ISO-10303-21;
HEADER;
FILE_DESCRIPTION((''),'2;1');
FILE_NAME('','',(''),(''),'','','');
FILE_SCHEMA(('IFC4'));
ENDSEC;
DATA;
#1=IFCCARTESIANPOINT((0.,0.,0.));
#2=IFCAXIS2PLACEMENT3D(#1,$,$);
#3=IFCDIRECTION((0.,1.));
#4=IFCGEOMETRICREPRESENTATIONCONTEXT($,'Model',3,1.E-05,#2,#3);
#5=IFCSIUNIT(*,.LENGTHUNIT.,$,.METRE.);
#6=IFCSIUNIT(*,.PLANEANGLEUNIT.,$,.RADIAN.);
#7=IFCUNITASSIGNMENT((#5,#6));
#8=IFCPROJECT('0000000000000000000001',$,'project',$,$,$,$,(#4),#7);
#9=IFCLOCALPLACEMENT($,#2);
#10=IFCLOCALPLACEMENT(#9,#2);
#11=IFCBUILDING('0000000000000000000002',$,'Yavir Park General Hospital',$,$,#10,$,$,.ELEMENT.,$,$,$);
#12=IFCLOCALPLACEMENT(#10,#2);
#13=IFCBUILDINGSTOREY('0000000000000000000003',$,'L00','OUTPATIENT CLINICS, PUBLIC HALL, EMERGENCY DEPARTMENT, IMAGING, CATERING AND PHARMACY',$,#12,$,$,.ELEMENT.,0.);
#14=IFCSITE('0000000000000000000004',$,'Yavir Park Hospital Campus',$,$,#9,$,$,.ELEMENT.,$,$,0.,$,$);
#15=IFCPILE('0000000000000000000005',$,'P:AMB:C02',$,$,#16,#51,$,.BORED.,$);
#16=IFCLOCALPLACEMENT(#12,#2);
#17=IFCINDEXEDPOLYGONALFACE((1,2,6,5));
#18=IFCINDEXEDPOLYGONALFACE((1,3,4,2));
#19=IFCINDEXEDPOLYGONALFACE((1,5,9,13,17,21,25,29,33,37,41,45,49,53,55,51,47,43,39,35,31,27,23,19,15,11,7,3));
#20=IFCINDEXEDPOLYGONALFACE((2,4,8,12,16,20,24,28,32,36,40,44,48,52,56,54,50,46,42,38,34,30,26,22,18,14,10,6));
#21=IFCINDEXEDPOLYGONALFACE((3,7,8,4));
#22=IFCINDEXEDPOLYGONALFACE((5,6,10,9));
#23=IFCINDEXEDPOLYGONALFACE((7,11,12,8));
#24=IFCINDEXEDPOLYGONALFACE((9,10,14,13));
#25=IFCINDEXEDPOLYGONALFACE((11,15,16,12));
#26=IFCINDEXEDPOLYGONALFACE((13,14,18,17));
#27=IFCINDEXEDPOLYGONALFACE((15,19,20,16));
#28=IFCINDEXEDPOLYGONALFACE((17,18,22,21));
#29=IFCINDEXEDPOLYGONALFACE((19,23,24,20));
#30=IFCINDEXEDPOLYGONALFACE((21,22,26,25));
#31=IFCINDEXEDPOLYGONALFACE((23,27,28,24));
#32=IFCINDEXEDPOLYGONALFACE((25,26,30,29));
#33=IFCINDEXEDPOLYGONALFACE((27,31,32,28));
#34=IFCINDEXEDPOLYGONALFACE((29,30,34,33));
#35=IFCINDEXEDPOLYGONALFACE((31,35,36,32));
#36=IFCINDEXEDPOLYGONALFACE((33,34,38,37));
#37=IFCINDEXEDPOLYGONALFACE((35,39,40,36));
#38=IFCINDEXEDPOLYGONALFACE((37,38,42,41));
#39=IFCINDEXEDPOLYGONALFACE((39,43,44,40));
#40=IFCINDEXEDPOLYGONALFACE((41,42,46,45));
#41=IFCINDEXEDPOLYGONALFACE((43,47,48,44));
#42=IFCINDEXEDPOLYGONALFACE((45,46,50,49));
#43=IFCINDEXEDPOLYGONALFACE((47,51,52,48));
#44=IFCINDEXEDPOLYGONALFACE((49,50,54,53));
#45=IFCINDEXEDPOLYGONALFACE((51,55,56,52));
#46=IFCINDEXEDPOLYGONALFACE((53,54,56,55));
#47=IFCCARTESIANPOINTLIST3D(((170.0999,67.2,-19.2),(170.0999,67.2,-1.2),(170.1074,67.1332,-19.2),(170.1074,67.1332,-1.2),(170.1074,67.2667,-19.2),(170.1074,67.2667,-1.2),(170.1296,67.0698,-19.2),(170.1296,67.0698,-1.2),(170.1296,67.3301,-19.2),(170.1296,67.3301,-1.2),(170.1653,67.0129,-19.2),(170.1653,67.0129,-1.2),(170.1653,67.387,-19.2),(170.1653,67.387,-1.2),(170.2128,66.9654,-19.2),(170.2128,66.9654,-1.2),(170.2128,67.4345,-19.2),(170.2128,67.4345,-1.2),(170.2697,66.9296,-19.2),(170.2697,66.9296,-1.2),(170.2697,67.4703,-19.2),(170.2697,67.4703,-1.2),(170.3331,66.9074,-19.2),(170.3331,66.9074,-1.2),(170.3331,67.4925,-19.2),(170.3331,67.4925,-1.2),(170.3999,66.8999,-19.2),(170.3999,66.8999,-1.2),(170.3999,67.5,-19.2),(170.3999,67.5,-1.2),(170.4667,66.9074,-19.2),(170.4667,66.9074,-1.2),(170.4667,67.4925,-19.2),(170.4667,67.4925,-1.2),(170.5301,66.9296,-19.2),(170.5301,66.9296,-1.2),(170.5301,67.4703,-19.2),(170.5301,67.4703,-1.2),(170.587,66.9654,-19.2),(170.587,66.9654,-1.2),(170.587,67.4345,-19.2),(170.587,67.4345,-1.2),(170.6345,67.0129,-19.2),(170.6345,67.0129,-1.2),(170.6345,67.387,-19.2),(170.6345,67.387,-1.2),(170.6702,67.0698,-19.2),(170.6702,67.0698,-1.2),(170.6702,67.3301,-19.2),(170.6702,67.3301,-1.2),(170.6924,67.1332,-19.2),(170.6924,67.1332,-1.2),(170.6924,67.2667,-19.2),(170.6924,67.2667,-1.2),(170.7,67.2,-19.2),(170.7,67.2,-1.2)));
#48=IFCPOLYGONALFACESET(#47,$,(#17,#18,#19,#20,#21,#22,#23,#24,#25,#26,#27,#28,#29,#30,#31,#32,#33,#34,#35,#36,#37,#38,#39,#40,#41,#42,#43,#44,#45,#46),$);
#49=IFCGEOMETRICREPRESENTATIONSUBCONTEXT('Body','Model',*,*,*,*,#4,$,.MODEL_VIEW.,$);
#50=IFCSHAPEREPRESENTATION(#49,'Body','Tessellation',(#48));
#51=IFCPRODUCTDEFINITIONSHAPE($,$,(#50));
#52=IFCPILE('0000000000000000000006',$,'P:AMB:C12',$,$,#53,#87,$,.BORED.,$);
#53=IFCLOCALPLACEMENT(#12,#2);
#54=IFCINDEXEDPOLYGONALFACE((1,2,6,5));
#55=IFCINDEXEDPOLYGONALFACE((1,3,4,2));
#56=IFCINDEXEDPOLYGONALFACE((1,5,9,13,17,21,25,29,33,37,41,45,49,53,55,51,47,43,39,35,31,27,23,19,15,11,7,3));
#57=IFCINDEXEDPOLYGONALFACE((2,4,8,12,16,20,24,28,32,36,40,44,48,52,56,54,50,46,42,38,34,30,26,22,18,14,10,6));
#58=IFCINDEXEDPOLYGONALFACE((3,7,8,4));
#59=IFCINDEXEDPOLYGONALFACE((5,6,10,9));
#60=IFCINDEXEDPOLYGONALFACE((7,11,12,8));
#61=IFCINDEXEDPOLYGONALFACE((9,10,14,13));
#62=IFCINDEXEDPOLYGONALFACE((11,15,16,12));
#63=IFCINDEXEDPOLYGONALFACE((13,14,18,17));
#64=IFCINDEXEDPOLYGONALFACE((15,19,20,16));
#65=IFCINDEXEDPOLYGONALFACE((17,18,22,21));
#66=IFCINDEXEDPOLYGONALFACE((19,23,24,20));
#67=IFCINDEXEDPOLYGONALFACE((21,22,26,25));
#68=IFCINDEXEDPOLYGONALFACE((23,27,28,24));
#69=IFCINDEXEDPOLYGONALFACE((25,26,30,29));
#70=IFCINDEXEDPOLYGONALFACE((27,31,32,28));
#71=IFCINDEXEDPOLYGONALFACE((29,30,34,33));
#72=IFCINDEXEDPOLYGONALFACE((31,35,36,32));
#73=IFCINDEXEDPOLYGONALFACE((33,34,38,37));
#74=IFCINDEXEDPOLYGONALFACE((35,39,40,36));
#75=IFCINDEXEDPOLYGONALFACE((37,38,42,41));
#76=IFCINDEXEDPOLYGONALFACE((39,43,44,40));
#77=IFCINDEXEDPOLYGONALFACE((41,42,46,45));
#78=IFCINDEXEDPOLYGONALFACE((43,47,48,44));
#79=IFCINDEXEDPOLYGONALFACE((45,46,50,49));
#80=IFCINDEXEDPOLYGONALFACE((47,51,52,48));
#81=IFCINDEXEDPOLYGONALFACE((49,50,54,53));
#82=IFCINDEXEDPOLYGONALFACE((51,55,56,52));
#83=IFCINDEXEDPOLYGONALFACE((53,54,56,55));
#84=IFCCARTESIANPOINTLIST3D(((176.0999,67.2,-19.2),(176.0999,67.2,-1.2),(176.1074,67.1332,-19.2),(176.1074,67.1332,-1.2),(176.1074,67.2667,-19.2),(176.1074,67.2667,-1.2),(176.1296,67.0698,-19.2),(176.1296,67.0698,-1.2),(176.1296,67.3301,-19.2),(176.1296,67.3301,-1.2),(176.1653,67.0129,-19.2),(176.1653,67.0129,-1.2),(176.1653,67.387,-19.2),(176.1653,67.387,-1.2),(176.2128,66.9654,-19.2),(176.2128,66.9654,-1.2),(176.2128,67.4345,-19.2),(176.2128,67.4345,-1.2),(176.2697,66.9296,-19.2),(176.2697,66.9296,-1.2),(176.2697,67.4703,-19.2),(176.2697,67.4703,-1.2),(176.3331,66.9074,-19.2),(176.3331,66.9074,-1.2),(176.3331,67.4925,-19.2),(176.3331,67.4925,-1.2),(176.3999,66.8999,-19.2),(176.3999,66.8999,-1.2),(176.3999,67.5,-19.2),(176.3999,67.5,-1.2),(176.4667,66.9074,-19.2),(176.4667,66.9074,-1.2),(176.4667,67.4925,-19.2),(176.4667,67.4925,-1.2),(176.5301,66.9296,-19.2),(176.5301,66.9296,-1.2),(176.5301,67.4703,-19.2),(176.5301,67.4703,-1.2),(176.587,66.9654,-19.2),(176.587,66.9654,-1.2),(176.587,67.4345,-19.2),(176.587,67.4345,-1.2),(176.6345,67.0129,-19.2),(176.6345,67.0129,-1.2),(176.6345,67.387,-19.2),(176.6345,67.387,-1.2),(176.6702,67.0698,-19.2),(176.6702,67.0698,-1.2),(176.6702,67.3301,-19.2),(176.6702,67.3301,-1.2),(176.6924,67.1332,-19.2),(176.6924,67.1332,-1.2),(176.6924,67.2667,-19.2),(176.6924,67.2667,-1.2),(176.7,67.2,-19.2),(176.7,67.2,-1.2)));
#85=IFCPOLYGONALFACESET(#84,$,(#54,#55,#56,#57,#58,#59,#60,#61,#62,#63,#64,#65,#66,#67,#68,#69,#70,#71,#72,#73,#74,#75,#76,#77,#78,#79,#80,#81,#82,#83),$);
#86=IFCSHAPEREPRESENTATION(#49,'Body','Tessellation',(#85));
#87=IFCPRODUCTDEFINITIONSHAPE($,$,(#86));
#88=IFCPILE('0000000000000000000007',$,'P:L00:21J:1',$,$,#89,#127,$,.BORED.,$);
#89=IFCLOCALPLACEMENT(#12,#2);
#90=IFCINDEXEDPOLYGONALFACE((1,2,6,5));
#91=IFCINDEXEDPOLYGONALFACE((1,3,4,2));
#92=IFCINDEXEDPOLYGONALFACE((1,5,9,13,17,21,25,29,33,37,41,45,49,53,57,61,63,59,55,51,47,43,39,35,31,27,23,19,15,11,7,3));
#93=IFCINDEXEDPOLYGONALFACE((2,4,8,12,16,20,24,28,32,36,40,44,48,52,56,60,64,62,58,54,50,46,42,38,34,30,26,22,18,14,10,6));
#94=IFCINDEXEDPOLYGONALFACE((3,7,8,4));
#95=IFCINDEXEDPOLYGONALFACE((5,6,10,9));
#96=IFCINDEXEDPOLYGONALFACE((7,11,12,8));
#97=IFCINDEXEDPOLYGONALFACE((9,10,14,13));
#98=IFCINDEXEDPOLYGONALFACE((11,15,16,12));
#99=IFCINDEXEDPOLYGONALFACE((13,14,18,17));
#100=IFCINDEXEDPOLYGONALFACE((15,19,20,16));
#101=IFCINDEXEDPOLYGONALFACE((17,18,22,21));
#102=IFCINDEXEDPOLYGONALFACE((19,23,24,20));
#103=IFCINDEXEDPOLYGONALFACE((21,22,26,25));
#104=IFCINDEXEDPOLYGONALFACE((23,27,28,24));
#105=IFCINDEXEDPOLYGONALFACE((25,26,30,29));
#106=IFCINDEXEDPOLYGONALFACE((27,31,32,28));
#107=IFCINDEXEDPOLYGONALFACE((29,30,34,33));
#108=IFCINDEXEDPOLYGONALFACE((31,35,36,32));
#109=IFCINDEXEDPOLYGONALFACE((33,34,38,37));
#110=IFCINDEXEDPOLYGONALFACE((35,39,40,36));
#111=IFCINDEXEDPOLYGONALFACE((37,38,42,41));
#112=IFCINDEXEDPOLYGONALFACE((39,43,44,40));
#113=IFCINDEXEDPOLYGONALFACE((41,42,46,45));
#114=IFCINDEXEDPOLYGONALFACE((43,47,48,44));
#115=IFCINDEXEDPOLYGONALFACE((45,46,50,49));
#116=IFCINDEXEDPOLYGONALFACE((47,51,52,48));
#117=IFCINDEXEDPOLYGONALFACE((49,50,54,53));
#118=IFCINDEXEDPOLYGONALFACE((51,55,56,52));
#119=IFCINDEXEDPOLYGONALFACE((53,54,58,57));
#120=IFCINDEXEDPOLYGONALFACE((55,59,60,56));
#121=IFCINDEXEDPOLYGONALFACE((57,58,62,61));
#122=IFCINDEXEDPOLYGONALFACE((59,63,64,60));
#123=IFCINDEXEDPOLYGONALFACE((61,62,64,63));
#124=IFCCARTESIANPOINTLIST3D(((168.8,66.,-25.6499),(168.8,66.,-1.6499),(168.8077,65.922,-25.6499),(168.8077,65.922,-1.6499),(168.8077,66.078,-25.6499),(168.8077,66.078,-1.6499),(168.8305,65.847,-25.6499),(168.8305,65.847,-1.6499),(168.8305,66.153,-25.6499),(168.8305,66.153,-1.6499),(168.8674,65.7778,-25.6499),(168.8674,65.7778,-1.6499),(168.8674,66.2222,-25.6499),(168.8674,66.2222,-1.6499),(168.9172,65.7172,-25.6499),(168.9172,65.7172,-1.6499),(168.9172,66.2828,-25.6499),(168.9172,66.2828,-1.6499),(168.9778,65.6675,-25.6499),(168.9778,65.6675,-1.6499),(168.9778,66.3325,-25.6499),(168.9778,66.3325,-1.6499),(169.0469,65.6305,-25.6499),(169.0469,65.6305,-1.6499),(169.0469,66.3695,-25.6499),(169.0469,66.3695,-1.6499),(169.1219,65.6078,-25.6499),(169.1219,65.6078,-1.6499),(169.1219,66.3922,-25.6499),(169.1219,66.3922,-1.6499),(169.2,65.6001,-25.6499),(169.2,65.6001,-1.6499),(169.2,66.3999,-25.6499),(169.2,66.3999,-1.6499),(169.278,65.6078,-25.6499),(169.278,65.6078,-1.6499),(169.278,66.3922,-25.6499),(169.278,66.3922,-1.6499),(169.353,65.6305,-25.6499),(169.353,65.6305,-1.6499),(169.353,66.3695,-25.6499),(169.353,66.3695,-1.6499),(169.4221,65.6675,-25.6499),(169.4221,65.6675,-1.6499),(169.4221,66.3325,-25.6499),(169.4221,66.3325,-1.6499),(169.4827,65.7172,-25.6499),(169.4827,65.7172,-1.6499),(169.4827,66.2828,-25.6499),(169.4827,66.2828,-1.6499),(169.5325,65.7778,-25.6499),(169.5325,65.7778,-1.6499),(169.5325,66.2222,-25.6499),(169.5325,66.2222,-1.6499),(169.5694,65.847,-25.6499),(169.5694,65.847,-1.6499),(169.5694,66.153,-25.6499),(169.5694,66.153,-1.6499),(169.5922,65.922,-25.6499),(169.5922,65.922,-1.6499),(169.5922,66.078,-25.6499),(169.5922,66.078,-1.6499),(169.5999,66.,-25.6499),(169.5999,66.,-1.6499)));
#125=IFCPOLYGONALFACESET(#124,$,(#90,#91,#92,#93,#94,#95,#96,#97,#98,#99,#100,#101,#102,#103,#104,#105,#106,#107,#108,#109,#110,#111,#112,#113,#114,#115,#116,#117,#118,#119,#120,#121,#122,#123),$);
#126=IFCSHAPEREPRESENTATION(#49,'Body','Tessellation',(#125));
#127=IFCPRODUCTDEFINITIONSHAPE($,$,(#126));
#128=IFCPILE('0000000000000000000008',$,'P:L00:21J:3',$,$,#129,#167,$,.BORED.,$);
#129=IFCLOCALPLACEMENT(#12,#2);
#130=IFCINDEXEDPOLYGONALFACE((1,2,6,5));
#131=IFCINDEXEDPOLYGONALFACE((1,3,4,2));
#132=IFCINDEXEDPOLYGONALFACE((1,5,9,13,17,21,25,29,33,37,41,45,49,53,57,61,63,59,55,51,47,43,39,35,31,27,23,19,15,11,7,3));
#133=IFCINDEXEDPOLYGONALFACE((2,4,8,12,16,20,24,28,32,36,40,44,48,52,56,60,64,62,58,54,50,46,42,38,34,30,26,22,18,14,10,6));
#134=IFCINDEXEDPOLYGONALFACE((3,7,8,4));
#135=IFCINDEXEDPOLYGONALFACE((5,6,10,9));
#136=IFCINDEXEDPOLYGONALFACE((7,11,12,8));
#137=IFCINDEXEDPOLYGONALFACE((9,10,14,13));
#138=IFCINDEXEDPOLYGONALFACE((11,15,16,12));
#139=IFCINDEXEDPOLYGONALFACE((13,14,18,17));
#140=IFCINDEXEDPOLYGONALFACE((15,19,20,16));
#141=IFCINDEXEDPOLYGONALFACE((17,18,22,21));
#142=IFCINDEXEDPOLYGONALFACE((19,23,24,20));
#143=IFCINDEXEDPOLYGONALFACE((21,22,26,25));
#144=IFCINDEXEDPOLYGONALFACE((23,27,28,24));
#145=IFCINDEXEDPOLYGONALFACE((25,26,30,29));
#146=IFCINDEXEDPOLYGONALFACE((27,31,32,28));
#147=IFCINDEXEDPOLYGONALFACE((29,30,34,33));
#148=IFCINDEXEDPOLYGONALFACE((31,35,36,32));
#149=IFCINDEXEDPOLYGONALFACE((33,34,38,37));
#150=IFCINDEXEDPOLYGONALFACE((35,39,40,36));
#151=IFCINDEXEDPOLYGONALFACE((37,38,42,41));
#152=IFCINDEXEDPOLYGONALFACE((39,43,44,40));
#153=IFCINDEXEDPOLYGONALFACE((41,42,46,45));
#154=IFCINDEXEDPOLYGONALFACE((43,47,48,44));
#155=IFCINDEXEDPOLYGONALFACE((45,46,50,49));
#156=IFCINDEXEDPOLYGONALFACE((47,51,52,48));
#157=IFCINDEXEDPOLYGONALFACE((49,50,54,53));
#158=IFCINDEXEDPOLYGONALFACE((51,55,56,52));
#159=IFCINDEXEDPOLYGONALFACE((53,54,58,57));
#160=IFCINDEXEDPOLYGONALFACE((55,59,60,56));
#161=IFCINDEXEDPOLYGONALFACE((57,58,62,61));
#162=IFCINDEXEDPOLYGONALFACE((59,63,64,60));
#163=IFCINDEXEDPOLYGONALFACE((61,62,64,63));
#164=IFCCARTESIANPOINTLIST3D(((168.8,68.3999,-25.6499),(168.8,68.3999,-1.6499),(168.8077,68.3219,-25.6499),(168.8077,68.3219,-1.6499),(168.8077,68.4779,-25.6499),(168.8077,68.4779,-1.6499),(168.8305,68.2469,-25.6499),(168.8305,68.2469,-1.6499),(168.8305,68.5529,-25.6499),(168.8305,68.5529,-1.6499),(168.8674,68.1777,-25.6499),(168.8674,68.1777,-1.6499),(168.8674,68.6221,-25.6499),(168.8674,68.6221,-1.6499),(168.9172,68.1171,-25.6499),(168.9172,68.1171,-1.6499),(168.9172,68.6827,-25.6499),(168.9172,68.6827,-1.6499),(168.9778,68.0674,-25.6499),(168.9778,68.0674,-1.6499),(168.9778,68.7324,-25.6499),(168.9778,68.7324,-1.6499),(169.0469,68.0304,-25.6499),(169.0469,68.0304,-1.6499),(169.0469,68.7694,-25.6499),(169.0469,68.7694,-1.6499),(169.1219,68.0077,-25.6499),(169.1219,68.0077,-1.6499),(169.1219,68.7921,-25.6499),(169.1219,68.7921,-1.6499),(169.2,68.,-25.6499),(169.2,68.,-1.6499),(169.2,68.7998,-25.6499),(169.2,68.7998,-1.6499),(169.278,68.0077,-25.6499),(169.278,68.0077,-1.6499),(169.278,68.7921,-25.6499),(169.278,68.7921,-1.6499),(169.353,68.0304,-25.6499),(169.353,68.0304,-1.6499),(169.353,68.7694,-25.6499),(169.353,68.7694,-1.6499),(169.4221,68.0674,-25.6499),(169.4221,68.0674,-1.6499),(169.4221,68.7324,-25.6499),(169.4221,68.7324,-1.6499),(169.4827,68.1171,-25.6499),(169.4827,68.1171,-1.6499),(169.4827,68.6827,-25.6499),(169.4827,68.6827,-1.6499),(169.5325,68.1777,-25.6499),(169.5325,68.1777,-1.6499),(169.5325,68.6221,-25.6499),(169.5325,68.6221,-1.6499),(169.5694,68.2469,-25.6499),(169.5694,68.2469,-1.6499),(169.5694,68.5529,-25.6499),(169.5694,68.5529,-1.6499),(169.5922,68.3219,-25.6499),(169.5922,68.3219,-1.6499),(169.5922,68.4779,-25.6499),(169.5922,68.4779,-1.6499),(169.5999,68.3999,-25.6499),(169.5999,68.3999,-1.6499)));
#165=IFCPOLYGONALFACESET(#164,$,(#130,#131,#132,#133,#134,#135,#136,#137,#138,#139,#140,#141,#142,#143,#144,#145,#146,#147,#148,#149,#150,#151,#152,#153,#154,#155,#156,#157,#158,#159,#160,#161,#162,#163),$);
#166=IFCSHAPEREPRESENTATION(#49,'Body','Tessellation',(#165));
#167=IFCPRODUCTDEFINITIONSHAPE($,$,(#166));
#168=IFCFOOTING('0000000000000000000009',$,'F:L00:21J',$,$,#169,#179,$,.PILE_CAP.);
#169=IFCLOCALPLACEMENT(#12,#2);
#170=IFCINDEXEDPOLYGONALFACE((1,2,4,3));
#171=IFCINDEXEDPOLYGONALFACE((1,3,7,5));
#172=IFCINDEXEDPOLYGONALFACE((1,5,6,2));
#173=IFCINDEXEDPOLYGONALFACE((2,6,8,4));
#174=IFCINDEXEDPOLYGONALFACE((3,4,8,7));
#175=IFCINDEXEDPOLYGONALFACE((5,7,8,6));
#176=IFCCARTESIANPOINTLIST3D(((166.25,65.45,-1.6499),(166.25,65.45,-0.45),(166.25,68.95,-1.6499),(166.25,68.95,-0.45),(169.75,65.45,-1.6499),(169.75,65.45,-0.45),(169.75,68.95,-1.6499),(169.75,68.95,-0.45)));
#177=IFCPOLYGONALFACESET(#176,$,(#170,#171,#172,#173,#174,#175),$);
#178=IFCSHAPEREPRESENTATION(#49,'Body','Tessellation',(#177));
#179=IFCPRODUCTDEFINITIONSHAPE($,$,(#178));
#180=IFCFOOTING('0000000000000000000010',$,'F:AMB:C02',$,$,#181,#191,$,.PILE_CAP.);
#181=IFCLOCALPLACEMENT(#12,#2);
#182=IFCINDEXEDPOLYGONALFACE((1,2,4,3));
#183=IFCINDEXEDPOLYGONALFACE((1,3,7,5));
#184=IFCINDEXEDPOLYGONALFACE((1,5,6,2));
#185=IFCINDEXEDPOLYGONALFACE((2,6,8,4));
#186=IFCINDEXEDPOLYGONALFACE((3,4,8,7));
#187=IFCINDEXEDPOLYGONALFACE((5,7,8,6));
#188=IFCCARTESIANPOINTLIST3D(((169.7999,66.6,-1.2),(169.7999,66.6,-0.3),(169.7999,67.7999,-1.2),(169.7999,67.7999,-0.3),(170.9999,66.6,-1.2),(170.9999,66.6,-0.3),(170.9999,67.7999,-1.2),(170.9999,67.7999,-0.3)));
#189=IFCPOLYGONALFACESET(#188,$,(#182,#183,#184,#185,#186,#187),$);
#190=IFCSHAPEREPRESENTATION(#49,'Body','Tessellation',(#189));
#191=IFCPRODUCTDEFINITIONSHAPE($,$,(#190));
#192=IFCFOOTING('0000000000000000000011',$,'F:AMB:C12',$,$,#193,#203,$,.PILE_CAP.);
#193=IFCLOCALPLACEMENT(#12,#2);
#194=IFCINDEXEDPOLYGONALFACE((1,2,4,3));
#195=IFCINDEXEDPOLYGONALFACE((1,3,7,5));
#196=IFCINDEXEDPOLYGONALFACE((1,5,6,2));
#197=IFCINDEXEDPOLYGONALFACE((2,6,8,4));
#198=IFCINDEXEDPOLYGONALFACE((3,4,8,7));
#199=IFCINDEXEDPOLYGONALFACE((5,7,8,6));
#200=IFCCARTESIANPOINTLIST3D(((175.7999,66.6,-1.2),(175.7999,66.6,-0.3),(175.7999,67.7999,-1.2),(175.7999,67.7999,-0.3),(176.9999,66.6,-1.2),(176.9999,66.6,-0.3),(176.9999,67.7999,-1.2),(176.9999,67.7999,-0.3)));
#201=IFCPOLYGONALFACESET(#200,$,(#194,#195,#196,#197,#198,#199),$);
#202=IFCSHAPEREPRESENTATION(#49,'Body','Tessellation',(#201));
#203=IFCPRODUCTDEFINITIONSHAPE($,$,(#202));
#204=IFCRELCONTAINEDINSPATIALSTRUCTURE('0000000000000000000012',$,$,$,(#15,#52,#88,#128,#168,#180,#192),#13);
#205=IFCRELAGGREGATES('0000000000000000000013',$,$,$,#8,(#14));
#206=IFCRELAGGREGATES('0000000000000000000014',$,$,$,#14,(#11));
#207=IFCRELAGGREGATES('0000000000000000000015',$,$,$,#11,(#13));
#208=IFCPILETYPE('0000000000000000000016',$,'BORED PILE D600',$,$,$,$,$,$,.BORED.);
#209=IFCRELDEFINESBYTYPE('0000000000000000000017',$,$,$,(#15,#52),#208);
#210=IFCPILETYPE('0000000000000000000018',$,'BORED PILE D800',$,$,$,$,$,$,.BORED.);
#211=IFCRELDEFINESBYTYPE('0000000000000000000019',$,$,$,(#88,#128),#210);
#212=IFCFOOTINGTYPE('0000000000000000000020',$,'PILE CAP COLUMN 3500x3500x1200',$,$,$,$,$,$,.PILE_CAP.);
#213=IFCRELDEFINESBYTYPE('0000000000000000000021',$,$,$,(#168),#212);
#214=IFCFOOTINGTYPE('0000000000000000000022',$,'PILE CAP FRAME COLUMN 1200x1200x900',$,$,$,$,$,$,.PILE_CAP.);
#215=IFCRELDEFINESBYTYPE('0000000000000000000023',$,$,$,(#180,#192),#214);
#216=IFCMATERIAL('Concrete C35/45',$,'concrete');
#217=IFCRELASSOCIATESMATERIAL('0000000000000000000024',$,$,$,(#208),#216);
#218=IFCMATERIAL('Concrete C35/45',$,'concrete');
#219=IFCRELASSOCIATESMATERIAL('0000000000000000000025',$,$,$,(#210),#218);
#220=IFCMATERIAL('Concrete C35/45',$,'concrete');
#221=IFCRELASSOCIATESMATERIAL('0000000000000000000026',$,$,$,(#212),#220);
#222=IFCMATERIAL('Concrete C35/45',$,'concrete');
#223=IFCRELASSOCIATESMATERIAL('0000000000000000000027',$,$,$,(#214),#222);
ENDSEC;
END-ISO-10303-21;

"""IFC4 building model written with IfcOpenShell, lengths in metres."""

from ifc_helpers import new_model, si_unit, direction, frame, origin, origin_2d, place, context, subcontext, project, spatial, rectangle, circle, extrude, material, material_profile, profile_set, type_object, element, save


model = new_model("IFC4")

# Units and contexts
model_context = context("Model", 3, precision=1e-05, world=origin(), true_north=direction((0.0, 1.0)))
body_context = subcontext(model_context, "Body", "Model", "MODEL_VIEW")
ifc_project = project(units=[si_unit("LENGTHUNIT", "METRE"), si_unit("PLANEANGLEUNIT", "RADIAN")], contexts=[model_context])

# Site, building, storey
site_placement = place(None, origin())
site = spatial("IfcSite", under=ifc_project, at=site_placement, Name="Yavir Park Hospital Campus", CompositionType="ELEMENT", RefElevation=0.0)
building_placement = place(site_placement, origin())
building = spatial("IfcBuilding", under=site, at=building_placement, Name="Yavir Park General Hospital", CompositionType="ELEMENT")
storey_placement = place(building_placement, origin())
storey = spatial("IfcBuildingStorey", under=building, at=storey_placement, Name="L00", Description="OUTPATIENT CLINICS, PUBLIC HALL, EMERGENCY DEPARTMENT, IMAGING, CATERING AND PHARMACY", CompositionType="ELEMENT", Elevation=0.0)

# Piles
ifc_material_1 = material(Name="Concrete C35/45", Category="concrete")
ifc_material_profile_1 = material_profile(ifc_material_1, circle(Radius=0.3, at=origin_2d()), Name="D600")
ifc_profile_set_1 = profile_set([ifc_material_profile_1], Name="Concrete C35/45")
pile_type_1 = type_object("IfcPileType", Name="BORED PILE D600", PredefinedType="BORED", material=ifc_profile_set_1)
for number, where, z_axis, x_axis, name in (
    (1, (170.3999, 67.2, -1.2), (0.0, 0.0, -1.0), (1.0, 0.0, 0.0), "P:AMB:C02"),
    (2, (176.3999, 67.2, -1.2), (0.0, 0.0, -1.0), (1.0, 0.0, 0.0), "P:AMB:C12"),
):
    element("IfcPile", number, at=place(storey_placement, frame(where, z_axis=z_axis, x_axis=x_axis)), inside=storey, type_object=pile_type_1, Name=name, PredefinedType="BORED", context=body_context, shape_type="SweptSolid", body=[
        extrude(circle(Radius=0.3, at=origin_2d()), origin(), (0.0, 0.0, 1.0), 18.0),
    ])
ifc_material_2 = material(Name="Concrete C35/45", Category="concrete")
ifc_material_profile_2 = material_profile(ifc_material_2, circle(Radius=0.3999, at=origin_2d()), Name="D800")
ifc_profile_set_2 = profile_set([ifc_material_profile_2], Name="Concrete C35/45")
pile_type_2 = type_object("IfcPileType", Name="BORED PILE D800", PredefinedType="BORED", material=ifc_profile_set_2)
for number, where, z_axis, x_axis, name in (
    (3, (169.2, 66.0, -1.6499), (0.0, 0.0, -1.0), (1.0, 0.0, 0.0), "P:L00:21J:1"),
    (4, (169.2, 68.3999, -1.6499), (0.0, 0.0, -1.0), (1.0, 0.0, 0.0), "P:L00:21J:3"),
):
    element("IfcPile", number, at=place(storey_placement, frame(where, z_axis=z_axis, x_axis=x_axis)), inside=storey, type_object=pile_type_2, Name=name, PredefinedType="BORED", context=body_context, shape_type="SweptSolid", body=[
        extrude(circle(Radius=0.3999, at=origin_2d()), origin(), (0.0, 0.0, 1.0), 24.0),
    ])

# Footings
ifc_material_3 = material(Name="Concrete C35/45", Category="concrete")
footing_type_1 = type_object("IfcFootingType", Name="PILE CAP COLUMN 3500x3500x1200", PredefinedType="PILE_CAP", material=ifc_material_3)
footing_placement = place(storey_placement, frame((168.0, 67.2, -1.6499), z_axis=(0.0, 0.0, 1.0), x_axis=(1.0, 0.0, 0.0)))
element("IfcFooting", 5, at=footing_placement, inside=storey, type_object=footing_type_1, Name="F:L00:21J", PredefinedType="PILE_CAP", context=body_context, shape_type="SweptSolid", body=[
    extrude(rectangle(XDim=3.5, YDim=3.5, at=origin_2d()), origin(), (0.0, 0.0, 1.0), 1.2),
])
ifc_material_4 = material(Name="Concrete C35/45", Category="concrete")
footing_type_2 = type_object("IfcFootingType", Name="PILE CAP FRAME COLUMN 1200x1200x900", PredefinedType="PILE_CAP", material=ifc_material_4)
for number, where, z_axis, x_axis, name in (
    (6, (170.3999, 67.2, -1.2), (0.0, 0.0, 1.0), (1.0, 0.0, 0.0), "F:AMB:C02"),
    (7, (176.3999, 67.2, -1.2), (0.0, 0.0, 1.0), (1.0, 0.0, 0.0), "F:AMB:C12"),
):
    element("IfcFooting", number, at=place(storey_placement, frame(where, z_axis=z_axis, x_axis=x_axis)), inside=storey, type_object=footing_type_2, Name=name, PredefinedType="PILE_CAP", context=body_context, shape_type="SweptSolid", body=[
        extrude(rectangle(XDim=1.2, YDim=1.2, at=origin_2d()), origin(), (0.0, 0.0, 1.0), 0.8999),
    ])

save(model, "model.ifc")
